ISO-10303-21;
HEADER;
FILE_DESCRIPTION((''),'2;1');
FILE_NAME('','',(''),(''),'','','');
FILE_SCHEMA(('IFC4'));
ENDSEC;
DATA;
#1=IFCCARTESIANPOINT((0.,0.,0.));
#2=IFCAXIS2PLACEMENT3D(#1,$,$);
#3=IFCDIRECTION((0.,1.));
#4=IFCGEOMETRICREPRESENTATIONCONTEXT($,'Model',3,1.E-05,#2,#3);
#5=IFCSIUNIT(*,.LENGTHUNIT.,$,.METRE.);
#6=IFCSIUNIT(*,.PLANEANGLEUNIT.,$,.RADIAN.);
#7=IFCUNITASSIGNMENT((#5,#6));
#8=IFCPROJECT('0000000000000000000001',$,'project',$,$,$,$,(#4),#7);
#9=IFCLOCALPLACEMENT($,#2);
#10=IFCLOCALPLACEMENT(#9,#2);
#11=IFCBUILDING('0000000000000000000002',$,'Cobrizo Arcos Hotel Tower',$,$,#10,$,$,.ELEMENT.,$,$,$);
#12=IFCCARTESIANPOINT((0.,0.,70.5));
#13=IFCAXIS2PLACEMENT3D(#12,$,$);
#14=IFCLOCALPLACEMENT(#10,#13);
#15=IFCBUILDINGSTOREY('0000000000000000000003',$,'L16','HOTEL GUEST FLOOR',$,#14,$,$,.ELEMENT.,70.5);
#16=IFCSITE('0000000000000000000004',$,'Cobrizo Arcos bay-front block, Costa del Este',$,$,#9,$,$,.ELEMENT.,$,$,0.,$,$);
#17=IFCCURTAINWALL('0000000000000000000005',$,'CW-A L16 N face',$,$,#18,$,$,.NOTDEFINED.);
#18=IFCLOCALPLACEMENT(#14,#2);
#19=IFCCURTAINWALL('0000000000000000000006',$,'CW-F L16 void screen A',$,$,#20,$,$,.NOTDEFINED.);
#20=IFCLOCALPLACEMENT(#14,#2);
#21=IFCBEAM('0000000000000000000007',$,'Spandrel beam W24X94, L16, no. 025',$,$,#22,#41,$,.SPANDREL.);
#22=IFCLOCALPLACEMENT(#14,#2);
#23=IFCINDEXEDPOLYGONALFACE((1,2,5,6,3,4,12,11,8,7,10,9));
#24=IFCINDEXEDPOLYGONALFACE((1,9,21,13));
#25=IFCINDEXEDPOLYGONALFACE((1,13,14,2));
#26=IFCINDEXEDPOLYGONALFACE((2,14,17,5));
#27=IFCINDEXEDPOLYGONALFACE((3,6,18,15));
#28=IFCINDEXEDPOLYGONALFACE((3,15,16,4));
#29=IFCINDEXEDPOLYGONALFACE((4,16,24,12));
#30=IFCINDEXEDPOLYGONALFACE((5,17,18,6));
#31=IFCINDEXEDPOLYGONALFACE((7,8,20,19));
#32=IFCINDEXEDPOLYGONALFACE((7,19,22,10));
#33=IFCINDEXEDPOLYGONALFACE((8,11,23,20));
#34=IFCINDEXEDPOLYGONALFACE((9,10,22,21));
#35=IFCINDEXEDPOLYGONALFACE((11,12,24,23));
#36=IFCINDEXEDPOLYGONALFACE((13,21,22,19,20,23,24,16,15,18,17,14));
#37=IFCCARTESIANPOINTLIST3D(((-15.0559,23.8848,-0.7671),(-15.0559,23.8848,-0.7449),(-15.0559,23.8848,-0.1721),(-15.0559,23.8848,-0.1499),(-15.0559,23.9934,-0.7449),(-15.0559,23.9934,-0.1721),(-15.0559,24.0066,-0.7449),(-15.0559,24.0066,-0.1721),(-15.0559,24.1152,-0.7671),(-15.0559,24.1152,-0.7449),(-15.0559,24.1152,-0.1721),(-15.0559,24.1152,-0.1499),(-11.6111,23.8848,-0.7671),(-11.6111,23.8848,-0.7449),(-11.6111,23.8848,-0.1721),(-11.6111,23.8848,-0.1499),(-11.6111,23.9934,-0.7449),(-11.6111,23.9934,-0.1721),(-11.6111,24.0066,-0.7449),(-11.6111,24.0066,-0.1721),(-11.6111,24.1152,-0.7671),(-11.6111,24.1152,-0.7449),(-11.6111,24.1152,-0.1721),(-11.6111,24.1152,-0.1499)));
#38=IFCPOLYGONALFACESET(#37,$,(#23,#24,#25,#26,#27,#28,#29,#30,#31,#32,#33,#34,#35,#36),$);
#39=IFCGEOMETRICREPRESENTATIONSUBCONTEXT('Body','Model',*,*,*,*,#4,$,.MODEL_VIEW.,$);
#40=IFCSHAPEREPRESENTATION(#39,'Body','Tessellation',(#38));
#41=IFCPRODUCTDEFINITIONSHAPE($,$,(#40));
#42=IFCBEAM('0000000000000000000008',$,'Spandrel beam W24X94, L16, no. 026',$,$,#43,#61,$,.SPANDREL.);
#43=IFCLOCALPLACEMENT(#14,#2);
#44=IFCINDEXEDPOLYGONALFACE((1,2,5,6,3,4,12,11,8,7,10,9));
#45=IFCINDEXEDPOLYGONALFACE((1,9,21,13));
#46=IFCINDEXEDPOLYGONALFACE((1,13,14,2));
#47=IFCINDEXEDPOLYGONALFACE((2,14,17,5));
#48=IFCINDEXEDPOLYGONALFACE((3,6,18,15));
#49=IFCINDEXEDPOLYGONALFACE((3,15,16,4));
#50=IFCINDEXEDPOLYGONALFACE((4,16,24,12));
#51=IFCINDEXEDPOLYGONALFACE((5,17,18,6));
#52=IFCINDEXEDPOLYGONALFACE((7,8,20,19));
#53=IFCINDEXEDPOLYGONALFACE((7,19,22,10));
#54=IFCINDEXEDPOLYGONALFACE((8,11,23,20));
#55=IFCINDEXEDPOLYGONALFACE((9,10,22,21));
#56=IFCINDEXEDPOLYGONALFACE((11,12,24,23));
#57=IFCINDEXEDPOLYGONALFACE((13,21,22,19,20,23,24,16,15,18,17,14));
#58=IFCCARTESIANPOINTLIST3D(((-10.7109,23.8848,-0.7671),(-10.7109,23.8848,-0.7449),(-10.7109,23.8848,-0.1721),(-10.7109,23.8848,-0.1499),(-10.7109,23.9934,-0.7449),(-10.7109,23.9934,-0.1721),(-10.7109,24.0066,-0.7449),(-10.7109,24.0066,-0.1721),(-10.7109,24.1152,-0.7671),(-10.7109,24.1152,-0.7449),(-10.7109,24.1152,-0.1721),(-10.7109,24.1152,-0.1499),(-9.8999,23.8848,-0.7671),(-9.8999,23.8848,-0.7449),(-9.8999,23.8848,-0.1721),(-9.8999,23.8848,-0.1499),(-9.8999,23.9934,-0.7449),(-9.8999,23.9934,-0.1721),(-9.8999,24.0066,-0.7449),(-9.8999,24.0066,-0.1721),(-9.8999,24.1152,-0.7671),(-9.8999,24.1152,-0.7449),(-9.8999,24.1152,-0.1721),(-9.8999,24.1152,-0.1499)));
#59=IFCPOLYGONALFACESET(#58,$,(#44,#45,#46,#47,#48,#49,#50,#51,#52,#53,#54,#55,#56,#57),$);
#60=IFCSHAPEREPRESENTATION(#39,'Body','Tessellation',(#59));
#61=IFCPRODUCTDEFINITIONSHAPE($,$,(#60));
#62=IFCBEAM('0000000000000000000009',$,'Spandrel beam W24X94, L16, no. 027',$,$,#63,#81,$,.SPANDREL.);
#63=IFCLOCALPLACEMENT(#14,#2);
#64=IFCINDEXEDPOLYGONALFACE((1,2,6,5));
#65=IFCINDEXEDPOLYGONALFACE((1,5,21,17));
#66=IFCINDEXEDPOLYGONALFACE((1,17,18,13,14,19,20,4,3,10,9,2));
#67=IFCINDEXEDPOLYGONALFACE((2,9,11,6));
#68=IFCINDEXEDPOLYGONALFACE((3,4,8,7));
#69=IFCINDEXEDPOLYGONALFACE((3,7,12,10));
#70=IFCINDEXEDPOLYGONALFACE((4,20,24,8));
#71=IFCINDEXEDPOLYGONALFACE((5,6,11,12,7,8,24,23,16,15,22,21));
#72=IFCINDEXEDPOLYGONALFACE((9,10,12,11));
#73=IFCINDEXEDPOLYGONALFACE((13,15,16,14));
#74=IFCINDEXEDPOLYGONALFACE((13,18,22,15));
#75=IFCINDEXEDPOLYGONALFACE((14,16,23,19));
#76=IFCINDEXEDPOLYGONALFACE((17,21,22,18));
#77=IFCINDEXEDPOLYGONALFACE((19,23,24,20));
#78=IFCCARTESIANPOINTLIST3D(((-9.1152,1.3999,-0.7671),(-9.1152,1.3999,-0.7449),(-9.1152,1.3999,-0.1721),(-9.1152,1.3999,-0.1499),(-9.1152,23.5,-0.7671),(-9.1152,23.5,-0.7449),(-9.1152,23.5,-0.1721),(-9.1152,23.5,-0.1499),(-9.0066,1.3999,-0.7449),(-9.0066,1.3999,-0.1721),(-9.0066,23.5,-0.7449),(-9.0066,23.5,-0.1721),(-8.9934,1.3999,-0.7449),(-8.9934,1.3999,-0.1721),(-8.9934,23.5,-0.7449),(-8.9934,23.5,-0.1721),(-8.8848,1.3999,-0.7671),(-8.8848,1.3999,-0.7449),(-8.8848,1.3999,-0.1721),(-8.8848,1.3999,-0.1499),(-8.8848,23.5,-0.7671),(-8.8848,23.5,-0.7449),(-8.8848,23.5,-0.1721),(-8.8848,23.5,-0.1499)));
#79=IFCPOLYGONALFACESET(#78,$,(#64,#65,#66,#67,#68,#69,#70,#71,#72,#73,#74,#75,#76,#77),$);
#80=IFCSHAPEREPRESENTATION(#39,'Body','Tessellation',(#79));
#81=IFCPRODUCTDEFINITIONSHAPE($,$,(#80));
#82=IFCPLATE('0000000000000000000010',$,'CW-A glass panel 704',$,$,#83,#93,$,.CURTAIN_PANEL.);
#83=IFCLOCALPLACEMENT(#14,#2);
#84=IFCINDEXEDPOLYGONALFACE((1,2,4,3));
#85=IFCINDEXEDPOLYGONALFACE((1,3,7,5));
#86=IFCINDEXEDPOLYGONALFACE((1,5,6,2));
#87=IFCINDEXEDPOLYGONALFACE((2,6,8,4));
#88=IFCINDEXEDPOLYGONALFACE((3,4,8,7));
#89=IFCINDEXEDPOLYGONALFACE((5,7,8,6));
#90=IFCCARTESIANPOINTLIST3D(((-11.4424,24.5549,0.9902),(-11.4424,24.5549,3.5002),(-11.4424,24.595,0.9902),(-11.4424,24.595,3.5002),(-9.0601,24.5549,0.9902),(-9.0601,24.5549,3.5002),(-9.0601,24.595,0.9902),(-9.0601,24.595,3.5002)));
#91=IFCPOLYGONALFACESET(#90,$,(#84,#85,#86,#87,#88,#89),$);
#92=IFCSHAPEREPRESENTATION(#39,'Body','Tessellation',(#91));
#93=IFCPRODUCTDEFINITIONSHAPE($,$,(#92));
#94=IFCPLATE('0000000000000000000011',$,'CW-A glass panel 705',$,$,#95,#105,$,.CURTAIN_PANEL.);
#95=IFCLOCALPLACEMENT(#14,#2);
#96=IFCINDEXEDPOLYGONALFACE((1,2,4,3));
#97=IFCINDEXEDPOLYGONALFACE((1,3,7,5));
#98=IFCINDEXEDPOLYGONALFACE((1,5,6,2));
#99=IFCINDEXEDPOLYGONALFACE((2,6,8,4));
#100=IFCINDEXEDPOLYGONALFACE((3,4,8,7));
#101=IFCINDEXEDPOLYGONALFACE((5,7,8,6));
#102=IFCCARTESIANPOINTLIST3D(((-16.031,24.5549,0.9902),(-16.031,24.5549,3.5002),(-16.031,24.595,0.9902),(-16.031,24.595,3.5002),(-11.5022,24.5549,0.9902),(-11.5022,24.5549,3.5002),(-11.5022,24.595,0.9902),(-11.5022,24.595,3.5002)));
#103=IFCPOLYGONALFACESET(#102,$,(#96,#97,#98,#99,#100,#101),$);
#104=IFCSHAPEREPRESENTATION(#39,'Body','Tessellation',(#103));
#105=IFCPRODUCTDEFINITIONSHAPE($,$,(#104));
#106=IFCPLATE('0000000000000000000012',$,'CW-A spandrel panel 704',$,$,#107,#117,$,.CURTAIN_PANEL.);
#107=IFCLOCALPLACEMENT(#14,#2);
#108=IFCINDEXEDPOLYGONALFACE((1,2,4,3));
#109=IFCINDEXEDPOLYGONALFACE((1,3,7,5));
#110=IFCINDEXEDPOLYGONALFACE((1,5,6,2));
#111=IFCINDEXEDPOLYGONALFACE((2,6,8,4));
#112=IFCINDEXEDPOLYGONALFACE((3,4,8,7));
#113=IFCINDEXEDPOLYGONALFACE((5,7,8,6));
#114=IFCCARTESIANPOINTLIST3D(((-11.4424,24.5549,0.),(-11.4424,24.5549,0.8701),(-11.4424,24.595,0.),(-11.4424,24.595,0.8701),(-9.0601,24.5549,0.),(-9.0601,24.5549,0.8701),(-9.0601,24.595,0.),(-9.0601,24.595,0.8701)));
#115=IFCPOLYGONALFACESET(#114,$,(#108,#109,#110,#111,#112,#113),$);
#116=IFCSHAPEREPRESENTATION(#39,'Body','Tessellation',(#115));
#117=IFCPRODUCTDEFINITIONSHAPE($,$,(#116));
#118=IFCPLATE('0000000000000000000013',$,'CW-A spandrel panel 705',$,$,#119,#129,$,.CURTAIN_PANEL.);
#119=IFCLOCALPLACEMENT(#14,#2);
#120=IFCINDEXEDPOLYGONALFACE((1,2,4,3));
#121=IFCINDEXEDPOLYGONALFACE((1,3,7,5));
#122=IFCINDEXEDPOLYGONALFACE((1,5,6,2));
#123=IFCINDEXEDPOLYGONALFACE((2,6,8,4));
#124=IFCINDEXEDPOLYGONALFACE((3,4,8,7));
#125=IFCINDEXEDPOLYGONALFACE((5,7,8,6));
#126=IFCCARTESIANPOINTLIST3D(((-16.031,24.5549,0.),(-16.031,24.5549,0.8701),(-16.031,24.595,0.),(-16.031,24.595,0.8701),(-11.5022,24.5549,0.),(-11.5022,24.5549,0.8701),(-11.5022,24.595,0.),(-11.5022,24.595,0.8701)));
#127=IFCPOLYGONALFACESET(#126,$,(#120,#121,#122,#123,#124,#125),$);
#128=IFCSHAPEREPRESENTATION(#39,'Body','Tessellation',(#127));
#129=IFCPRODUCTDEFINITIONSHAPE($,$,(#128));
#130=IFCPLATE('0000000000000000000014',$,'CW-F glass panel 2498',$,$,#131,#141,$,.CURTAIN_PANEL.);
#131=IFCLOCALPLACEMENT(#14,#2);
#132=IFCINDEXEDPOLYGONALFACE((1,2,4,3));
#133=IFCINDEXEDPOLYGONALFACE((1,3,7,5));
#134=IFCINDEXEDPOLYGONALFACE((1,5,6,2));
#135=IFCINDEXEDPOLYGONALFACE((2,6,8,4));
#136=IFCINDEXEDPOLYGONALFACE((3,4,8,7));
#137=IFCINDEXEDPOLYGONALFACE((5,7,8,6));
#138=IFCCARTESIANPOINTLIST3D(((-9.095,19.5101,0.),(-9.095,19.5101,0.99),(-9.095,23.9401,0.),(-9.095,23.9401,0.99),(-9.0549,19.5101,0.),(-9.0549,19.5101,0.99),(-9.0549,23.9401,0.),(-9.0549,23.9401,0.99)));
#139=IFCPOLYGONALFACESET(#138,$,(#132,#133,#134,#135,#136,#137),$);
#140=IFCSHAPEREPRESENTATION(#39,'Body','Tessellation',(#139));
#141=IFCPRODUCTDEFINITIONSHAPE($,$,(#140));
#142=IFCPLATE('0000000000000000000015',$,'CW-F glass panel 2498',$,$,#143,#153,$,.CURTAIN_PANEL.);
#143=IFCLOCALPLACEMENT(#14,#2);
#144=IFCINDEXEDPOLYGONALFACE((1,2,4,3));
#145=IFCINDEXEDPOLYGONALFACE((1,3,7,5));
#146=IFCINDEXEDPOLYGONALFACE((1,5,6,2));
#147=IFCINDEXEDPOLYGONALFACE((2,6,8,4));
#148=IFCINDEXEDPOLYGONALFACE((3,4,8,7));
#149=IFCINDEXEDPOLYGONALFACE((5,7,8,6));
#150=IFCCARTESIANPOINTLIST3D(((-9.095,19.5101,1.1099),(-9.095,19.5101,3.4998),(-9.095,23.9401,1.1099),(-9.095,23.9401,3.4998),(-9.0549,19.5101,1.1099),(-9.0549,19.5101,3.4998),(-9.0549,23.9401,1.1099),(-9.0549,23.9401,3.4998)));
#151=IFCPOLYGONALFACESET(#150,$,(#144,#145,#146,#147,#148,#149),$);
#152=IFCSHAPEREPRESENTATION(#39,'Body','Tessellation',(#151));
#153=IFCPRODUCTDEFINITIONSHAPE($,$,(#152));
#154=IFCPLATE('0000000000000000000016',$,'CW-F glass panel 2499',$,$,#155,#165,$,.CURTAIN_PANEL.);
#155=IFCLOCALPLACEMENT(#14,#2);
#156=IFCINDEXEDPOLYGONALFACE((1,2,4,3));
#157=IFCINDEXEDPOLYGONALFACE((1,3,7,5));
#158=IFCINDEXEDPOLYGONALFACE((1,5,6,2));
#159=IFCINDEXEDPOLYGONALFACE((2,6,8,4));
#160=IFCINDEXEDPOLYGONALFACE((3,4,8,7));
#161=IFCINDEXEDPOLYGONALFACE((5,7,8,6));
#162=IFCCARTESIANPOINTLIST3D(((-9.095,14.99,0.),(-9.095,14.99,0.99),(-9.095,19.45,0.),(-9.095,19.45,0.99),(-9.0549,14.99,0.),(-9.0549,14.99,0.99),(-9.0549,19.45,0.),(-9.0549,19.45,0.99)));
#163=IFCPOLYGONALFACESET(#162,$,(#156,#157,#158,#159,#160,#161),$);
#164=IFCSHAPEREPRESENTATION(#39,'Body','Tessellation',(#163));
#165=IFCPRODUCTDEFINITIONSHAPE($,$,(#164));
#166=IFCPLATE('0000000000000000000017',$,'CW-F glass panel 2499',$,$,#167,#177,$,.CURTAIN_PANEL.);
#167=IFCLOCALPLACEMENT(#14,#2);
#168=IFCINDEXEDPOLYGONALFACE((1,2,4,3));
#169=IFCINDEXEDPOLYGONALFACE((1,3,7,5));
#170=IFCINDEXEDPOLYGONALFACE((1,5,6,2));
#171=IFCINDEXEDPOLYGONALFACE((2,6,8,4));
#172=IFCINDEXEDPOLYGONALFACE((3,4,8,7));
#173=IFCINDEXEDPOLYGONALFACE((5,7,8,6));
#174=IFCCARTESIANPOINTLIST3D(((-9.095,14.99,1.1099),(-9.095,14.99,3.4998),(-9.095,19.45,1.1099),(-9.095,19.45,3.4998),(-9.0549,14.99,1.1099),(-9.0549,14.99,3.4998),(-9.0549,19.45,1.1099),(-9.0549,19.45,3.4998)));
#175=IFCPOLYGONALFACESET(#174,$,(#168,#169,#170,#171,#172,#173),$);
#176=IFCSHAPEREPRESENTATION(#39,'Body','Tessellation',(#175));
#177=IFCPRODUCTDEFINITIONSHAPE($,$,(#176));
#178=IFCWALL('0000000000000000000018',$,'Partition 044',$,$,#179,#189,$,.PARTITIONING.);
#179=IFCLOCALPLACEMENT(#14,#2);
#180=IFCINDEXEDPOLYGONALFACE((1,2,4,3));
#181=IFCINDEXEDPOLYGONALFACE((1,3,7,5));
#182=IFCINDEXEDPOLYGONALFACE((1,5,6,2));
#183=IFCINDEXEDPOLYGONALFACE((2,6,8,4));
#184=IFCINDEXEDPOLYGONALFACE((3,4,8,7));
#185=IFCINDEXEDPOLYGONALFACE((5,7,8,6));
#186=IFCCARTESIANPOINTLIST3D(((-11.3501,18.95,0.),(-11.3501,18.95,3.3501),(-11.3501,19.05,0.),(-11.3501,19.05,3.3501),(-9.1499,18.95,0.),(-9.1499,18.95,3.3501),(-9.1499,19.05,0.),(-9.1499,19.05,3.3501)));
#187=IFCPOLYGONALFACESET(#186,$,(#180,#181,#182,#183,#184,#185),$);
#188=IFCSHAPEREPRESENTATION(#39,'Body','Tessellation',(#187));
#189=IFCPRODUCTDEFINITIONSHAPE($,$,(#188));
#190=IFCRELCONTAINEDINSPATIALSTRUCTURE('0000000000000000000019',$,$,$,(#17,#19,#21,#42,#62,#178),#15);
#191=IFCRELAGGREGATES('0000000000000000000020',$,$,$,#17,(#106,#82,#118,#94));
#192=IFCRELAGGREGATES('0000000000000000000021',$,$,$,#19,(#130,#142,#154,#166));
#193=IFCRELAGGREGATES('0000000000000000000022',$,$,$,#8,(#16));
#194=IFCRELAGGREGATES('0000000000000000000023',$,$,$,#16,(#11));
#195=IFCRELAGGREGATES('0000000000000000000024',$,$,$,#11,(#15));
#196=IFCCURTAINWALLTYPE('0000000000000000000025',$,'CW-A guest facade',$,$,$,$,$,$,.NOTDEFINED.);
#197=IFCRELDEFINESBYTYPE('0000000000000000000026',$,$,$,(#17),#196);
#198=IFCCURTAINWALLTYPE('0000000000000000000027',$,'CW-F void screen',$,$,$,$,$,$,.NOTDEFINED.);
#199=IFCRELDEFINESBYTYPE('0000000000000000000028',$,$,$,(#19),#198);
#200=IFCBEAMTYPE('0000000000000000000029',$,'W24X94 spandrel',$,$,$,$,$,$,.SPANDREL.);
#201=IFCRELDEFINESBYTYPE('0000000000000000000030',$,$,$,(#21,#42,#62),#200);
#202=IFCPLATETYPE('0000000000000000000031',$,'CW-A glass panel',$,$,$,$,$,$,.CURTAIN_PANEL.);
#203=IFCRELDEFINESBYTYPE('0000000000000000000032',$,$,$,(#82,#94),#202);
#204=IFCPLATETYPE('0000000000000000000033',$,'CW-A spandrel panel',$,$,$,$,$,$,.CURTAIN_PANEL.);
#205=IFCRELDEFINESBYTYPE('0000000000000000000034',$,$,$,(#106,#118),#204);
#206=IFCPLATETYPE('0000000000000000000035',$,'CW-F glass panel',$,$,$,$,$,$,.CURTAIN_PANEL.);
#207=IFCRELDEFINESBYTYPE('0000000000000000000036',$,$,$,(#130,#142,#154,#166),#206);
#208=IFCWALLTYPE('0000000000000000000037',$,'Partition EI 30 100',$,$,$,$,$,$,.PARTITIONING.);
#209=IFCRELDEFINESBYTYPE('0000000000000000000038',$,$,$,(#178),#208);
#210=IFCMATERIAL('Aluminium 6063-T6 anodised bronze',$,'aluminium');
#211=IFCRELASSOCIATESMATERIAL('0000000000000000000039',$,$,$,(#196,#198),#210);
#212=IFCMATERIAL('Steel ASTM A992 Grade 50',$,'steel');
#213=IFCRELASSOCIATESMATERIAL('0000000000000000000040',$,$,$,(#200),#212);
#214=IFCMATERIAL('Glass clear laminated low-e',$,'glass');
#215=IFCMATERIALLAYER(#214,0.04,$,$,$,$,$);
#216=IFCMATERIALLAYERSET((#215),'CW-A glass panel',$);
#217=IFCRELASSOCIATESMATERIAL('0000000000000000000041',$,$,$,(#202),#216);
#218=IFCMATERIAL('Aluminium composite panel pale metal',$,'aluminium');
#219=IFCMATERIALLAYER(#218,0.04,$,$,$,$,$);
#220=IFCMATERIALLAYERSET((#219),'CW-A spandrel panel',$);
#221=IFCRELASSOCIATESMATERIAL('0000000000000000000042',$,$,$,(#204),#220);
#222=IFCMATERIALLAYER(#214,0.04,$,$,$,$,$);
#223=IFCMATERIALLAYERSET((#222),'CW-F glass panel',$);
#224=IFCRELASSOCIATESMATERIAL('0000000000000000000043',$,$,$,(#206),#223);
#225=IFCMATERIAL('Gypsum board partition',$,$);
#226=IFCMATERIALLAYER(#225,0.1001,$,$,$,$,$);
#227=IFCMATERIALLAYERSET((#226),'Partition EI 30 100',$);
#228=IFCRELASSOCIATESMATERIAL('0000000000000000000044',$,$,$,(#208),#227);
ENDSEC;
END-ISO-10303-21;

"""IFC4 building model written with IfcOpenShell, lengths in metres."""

from ifc_helpers import new_model, si_unit, direction, frame, frame_2d, origin, origin_2d, place, context, subcontext, project, spatial, rectangle, i_section, extrude, material, layer, layer_set, material_profile, profile_set, type_object, element, aggregate, save


model = new_model("IFC4")

# Units and contexts
model_context = context("Model", 3, precision=1e-05, world=origin(), true_north=direction((0.0, 1.0)))
body_context = subcontext(model_context, "Body", "Model", "MODEL_VIEW")
ifc_project = project(units=[si_unit("LENGTHUNIT", "METRE"), si_unit("PLANEANGLEUNIT", "RADIAN")], contexts=[model_context])

# Site, building, storey
site_placement = place(None, origin())
site = spatial("IfcSite", under=ifc_project, at=site_placement, Name="Cobrizo Arcos bay-front block, Costa del Este", CompositionType="ELEMENT", RefElevation=0.0)
building_placement = place(site_placement, origin())
building = spatial("IfcBuilding", under=site, at=building_placement, Name="Cobrizo Arcos Hotel Tower", CompositionType="ELEMENT")
storey_placement = place(building_placement, frame((0.0, 0.0, 70.5)))
storey = spatial("IfcBuildingStorey", under=building, at=storey_placement, Name="L16", Description="HOTEL GUEST FLOOR", CompositionType="ELEMENT", Elevation=70.5)

# Curtain walls
ifc_material_1 = material(Name="Aluminium 6063-T6 anodised bronze", Category="aluminium")
curtain_wall_type_1 = type_object("IfcCurtainWallType", Name="CW-A guest facade", PredefinedType="NOTDEFINED", material=ifc_material_1)
curtain_wall_1_placement = place(storey_placement, origin())
curtain_wall_1 = element("IfcCurtainWall", 1, at=curtain_wall_1_placement, inside=storey, type_object=curtain_wall_type_1, Name="CW-A L16 N face", PredefinedType="NOTDEFINED")
curtain_wall_type_2 = type_object("IfcCurtainWallType", Name="CW-F void screen", PredefinedType="NOTDEFINED", material=ifc_material_1)
curtain_wall_2_placement = place(storey_placement, origin())
curtain_wall_2 = element("IfcCurtainWall", 2, at=curtain_wall_2_placement, inside=storey, type_object=curtain_wall_type_2, Name="CW-F L16 void screen A", PredefinedType="NOTDEFINED")

# Beams
ifc_material_2 = material(Name="Steel ASTM A992 Grade 50", Category="steel")
ifc_material_profile_1 = material_profile(ifc_material_2, i_section(OverallWidth=0.2305, OverallDepth=0.6172, WebThickness=0.0132, FlangeThickness=0.0222, at=origin_2d()), Name="W24X94")
ifc_profile_set_1 = profile_set([ifc_material_profile_1], Name="Steel ASTM A992 Grade 50")
beam_type = type_object("IfcBeamType", Name="W24X94 spandrel", PredefinedType="SPANDREL", material=ifc_profile_set_1)
beam_1_placement = place(storey_placement, frame((-15.0559, 24.0, -0.4585), z_axis=(1.0, 0.0, 0.0), x_axis=(0.0, 1.0, 0.0)))
element("IfcBeam", 3, at=beam_1_placement, inside=storey, type_object=beam_type, Name="Spandrel beam W24X94, L16, no. 025", PredefinedType="SPANDREL", context=body_context, shape_type="SweptSolid", body=[
    extrude(i_section(OverallWidth=0.2305, OverallDepth=0.6172, WebThickness=0.0132, FlangeThickness=0.0222, at=origin_2d()), origin(), (0.0, 0.0, 1.0), 3.4448),
])
beam_2_placement = place(storey_placement, frame((-10.7109, 24.0, -0.4585), z_axis=(1.0, 0.0, 0.0), x_axis=(0.0, 1.0, 0.0)))
element("IfcBeam", 4, at=beam_2_placement, inside=storey, type_object=beam_type, Name="Spandrel beam W24X94, L16, no. 026", PredefinedType="SPANDREL", context=body_context, shape_type="SweptSolid", body=[
    extrude(i_section(OverallWidth=0.2305, OverallDepth=0.6172, WebThickness=0.0132, FlangeThickness=0.0222, at=origin_2d()), origin(), (0.0, 0.0, 1.0), 0.811),
])
beam_3_placement = place(storey_placement, frame((-9.0, 23.5, -0.4585), z_axis=(0.0, -1.0, 0.0), x_axis=(1.0, 0.0, 0.0)))
element("IfcBeam", 5, at=beam_3_placement, inside=storey, type_object=beam_type, Name="Spandrel beam W24X94, L16, no. 027", PredefinedType="SPANDREL", context=body_context, shape_type="SweptSolid", body=[
    extrude(i_section(OverallWidth=0.2305, OverallDepth=0.6172, WebThickness=0.0132, FlangeThickness=0.0222, at=origin_2d()), origin(), (0.0, 0.0, 1.0), 22.1001),
])

# Plates
ifc_material_3 = material(Name="Glass clear laminated low-e", Category="glass")
ifc_layer_1 = layer(ifc_material_3, 0.04)
ifc_layer_set_1 = layer_set([ifc_layer_1], Name="CW-A glass panel")
plate_type_1 = type_object("IfcPlateType", Name="CW-A glass panel", PredefinedType="CURTAIN_PANEL", material=ifc_layer_set_1)
plate_1_placement = place(storey_placement, frame((-10.2512, 24.575, 0.9902), z_axis=(0.0, 0.0, 1.0), x_axis=(-1.0, 0.0, 0.0)))
plate_1 = element("IfcPlate", 6, at=plate_1_placement, type_object=plate_type_1, Name="CW-A glass panel 704", PredefinedType="CURTAIN_PANEL", context=body_context, shape_type="SweptSolid", body=[
    extrude(rectangle(XDim=2.3823, YDim=0.04, at=origin_2d()), origin(), (0.0, 0.0, 1.0), 2.51),
])
plate_2_placement = place(storey_placement, frame((-13.7666, 24.575, 0.9902), z_axis=(0.0, 0.0, 1.0), x_axis=(-1.0, 0.0, 0.0)))
plate_2 = element("IfcPlate", 7, at=plate_2_placement, type_object=plate_type_1, Name="CW-A glass panel 705", PredefinedType="CURTAIN_PANEL", context=body_context, shape_type="SweptSolid", body=[
    extrude(rectangle(XDim=4.5288, YDim=0.04, at=origin_2d()), origin(), (0.0, 0.0, 1.0), 2.51),
])
ifc_material_4 = material(Name="Aluminium composite panel pale metal", Category="aluminium")
ifc_layer_2 = layer(ifc_material_4, 0.04)
ifc_layer_set_2 = layer_set([ifc_layer_2], Name="CW-A spandrel panel")
plate_type_2 = type_object("IfcPlateType", Name="CW-A spandrel panel", PredefinedType="CURTAIN_PANEL", material=ifc_layer_set_2)
plate_3_placement = place(storey_placement, frame((-10.2512, 24.575, 0.0), z_axis=(0.0, 0.0, 1.0), x_axis=(-1.0, 0.0, 0.0)))
plate_3 = element("IfcPlate", 8, at=plate_3_placement, type_object=plate_type_2, Name="CW-A spandrel panel 704", PredefinedType="CURTAIN_PANEL", context=body_context, shape_type="SweptSolid", body=[
    extrude(rectangle(XDim=2.3823, YDim=0.04, at=origin_2d()), origin(), (0.0, 0.0, 1.0), 0.8701),
])
plate_4_placement = place(storey_placement, frame((-13.7666, 24.575, 0.0), z_axis=(0.0, 0.0, 1.0), x_axis=(-1.0, 0.0, 0.0)))
plate_4 = element("IfcPlate", 9, at=plate_4_placement, type_object=plate_type_2, Name="CW-A spandrel panel 705", PredefinedType="CURTAIN_PANEL", context=body_context, shape_type="SweptSolid", body=[
    extrude(rectangle(XDim=4.5288, YDim=0.04, at=origin_2d()), origin(), (0.0, 0.0, 1.0), 0.8701),
])
aggregate(curtain_wall_1, [plate_3, plate_1, plate_4, plate_2])
ifc_layer_3 = layer(ifc_material_3, 0.04)
ifc_layer_set_3 = layer_set([ifc_layer_3], Name="CW-F glass panel")
plate_type_3 = type_object("IfcPlateType", Name="CW-F glass panel", PredefinedType="CURTAIN_PANEL", material=ifc_layer_set_3)
plate_5_placement = place(storey_placement, frame((-9.075, 21.7251, 0.0), z_axis=(0.0, 0.0, 1.0), x_axis=(0.0, -1.0, 0.0)))
plate_5 = element("IfcPlate", 10, at=plate_5_placement, type_object=plate_type_3, Name="CW-F glass panel 2498", PredefinedType="CURTAIN_PANEL", context=body_context, shape_type="SweptSolid", body=[
    extrude(rectangle(XDim=4.4299, YDim=0.04, at=origin_2d()), origin(), (0.0, 0.0, 1.0), 0.99),
])
plate_6_placement = place(storey_placement, frame((-9.075, 21.7251, 1.1099), z_axis=(0.0, 0.0, 1.0), x_axis=(0.0, -1.0, 0.0)))
plate_6 = element("IfcPlate", 11, at=plate_6_placement, type_object=plate_type_3, Name="CW-F glass panel 2498", PredefinedType="CURTAIN_PANEL", context=body_context, shape_type="SweptSolid", body=[
    extrude(rectangle(XDim=4.4299, YDim=0.04, at=origin_2d()), origin(), (0.0, 0.0, 1.0), 2.3899),
])
plate_7_placement = place(storey_placement, frame((-9.075, 17.22, 0.0), z_axis=(0.0, 0.0, 1.0), x_axis=(0.0, -1.0, 0.0)))
plate_7 = element("IfcPlate", 12, at=plate_7_placement, type_object=plate_type_3, Name="CW-F glass panel 2499", PredefinedType="CURTAIN_PANEL", context=body_context, shape_type="SweptSolid", body=[
    extrude(rectangle(XDim=4.46, YDim=0.04, at=origin_2d()), origin(), (0.0, 0.0, 1.0), 0.99),
])
plate_8_placement = place(storey_placement, frame((-9.075, 17.22, 1.1099), z_axis=(0.0, 0.0, 1.0), x_axis=(0.0, -1.0, 0.0)))
plate_8 = element("IfcPlate", 13, at=plate_8_placement, type_object=plate_type_3, Name="CW-F glass panel 2499", PredefinedType="CURTAIN_PANEL", context=body_context, shape_type="SweptSolid", body=[
    extrude(rectangle(XDim=4.46, YDim=0.04, at=origin_2d()), origin(), (0.0, 0.0, 1.0), 2.3899),
])
aggregate(curtain_wall_2, [plate_5, plate_6, plate_7, plate_8])

# Wall
ifc_material_5 = material(Name="Gypsum board partition")
ifc_layer_4 = layer(ifc_material_5, 0.1001)
ifc_layer_set_4 = layer_set([ifc_layer_4], Name="Partition EI 30 100")
wall_type = type_object("IfcWallType", Name="Partition EI 30 100", PredefinedType="PARTITIONING", material=ifc_layer_set_4)
wall_1_placement = place(storey_placement, frame((-11.3501, 19.0, 0.0), z_axis=(0.0, 0.0, 1.0), x_axis=(1.0, 0.0, 0.0)))
element("IfcWall", 14, at=wall_1_placement, inside=storey, type_object=wall_type, Name="Partition 044", PredefinedType="PARTITIONING", context=body_context, shape_type="SweptSolid", body=[
    extrude(rectangle(XDim=2.2002, YDim=0.1001, at=frame_2d((1.1001, 0.0))), origin(), (0.0, 0.0, 1.0), 3.3501),
])

save(model, "model.ifc")
